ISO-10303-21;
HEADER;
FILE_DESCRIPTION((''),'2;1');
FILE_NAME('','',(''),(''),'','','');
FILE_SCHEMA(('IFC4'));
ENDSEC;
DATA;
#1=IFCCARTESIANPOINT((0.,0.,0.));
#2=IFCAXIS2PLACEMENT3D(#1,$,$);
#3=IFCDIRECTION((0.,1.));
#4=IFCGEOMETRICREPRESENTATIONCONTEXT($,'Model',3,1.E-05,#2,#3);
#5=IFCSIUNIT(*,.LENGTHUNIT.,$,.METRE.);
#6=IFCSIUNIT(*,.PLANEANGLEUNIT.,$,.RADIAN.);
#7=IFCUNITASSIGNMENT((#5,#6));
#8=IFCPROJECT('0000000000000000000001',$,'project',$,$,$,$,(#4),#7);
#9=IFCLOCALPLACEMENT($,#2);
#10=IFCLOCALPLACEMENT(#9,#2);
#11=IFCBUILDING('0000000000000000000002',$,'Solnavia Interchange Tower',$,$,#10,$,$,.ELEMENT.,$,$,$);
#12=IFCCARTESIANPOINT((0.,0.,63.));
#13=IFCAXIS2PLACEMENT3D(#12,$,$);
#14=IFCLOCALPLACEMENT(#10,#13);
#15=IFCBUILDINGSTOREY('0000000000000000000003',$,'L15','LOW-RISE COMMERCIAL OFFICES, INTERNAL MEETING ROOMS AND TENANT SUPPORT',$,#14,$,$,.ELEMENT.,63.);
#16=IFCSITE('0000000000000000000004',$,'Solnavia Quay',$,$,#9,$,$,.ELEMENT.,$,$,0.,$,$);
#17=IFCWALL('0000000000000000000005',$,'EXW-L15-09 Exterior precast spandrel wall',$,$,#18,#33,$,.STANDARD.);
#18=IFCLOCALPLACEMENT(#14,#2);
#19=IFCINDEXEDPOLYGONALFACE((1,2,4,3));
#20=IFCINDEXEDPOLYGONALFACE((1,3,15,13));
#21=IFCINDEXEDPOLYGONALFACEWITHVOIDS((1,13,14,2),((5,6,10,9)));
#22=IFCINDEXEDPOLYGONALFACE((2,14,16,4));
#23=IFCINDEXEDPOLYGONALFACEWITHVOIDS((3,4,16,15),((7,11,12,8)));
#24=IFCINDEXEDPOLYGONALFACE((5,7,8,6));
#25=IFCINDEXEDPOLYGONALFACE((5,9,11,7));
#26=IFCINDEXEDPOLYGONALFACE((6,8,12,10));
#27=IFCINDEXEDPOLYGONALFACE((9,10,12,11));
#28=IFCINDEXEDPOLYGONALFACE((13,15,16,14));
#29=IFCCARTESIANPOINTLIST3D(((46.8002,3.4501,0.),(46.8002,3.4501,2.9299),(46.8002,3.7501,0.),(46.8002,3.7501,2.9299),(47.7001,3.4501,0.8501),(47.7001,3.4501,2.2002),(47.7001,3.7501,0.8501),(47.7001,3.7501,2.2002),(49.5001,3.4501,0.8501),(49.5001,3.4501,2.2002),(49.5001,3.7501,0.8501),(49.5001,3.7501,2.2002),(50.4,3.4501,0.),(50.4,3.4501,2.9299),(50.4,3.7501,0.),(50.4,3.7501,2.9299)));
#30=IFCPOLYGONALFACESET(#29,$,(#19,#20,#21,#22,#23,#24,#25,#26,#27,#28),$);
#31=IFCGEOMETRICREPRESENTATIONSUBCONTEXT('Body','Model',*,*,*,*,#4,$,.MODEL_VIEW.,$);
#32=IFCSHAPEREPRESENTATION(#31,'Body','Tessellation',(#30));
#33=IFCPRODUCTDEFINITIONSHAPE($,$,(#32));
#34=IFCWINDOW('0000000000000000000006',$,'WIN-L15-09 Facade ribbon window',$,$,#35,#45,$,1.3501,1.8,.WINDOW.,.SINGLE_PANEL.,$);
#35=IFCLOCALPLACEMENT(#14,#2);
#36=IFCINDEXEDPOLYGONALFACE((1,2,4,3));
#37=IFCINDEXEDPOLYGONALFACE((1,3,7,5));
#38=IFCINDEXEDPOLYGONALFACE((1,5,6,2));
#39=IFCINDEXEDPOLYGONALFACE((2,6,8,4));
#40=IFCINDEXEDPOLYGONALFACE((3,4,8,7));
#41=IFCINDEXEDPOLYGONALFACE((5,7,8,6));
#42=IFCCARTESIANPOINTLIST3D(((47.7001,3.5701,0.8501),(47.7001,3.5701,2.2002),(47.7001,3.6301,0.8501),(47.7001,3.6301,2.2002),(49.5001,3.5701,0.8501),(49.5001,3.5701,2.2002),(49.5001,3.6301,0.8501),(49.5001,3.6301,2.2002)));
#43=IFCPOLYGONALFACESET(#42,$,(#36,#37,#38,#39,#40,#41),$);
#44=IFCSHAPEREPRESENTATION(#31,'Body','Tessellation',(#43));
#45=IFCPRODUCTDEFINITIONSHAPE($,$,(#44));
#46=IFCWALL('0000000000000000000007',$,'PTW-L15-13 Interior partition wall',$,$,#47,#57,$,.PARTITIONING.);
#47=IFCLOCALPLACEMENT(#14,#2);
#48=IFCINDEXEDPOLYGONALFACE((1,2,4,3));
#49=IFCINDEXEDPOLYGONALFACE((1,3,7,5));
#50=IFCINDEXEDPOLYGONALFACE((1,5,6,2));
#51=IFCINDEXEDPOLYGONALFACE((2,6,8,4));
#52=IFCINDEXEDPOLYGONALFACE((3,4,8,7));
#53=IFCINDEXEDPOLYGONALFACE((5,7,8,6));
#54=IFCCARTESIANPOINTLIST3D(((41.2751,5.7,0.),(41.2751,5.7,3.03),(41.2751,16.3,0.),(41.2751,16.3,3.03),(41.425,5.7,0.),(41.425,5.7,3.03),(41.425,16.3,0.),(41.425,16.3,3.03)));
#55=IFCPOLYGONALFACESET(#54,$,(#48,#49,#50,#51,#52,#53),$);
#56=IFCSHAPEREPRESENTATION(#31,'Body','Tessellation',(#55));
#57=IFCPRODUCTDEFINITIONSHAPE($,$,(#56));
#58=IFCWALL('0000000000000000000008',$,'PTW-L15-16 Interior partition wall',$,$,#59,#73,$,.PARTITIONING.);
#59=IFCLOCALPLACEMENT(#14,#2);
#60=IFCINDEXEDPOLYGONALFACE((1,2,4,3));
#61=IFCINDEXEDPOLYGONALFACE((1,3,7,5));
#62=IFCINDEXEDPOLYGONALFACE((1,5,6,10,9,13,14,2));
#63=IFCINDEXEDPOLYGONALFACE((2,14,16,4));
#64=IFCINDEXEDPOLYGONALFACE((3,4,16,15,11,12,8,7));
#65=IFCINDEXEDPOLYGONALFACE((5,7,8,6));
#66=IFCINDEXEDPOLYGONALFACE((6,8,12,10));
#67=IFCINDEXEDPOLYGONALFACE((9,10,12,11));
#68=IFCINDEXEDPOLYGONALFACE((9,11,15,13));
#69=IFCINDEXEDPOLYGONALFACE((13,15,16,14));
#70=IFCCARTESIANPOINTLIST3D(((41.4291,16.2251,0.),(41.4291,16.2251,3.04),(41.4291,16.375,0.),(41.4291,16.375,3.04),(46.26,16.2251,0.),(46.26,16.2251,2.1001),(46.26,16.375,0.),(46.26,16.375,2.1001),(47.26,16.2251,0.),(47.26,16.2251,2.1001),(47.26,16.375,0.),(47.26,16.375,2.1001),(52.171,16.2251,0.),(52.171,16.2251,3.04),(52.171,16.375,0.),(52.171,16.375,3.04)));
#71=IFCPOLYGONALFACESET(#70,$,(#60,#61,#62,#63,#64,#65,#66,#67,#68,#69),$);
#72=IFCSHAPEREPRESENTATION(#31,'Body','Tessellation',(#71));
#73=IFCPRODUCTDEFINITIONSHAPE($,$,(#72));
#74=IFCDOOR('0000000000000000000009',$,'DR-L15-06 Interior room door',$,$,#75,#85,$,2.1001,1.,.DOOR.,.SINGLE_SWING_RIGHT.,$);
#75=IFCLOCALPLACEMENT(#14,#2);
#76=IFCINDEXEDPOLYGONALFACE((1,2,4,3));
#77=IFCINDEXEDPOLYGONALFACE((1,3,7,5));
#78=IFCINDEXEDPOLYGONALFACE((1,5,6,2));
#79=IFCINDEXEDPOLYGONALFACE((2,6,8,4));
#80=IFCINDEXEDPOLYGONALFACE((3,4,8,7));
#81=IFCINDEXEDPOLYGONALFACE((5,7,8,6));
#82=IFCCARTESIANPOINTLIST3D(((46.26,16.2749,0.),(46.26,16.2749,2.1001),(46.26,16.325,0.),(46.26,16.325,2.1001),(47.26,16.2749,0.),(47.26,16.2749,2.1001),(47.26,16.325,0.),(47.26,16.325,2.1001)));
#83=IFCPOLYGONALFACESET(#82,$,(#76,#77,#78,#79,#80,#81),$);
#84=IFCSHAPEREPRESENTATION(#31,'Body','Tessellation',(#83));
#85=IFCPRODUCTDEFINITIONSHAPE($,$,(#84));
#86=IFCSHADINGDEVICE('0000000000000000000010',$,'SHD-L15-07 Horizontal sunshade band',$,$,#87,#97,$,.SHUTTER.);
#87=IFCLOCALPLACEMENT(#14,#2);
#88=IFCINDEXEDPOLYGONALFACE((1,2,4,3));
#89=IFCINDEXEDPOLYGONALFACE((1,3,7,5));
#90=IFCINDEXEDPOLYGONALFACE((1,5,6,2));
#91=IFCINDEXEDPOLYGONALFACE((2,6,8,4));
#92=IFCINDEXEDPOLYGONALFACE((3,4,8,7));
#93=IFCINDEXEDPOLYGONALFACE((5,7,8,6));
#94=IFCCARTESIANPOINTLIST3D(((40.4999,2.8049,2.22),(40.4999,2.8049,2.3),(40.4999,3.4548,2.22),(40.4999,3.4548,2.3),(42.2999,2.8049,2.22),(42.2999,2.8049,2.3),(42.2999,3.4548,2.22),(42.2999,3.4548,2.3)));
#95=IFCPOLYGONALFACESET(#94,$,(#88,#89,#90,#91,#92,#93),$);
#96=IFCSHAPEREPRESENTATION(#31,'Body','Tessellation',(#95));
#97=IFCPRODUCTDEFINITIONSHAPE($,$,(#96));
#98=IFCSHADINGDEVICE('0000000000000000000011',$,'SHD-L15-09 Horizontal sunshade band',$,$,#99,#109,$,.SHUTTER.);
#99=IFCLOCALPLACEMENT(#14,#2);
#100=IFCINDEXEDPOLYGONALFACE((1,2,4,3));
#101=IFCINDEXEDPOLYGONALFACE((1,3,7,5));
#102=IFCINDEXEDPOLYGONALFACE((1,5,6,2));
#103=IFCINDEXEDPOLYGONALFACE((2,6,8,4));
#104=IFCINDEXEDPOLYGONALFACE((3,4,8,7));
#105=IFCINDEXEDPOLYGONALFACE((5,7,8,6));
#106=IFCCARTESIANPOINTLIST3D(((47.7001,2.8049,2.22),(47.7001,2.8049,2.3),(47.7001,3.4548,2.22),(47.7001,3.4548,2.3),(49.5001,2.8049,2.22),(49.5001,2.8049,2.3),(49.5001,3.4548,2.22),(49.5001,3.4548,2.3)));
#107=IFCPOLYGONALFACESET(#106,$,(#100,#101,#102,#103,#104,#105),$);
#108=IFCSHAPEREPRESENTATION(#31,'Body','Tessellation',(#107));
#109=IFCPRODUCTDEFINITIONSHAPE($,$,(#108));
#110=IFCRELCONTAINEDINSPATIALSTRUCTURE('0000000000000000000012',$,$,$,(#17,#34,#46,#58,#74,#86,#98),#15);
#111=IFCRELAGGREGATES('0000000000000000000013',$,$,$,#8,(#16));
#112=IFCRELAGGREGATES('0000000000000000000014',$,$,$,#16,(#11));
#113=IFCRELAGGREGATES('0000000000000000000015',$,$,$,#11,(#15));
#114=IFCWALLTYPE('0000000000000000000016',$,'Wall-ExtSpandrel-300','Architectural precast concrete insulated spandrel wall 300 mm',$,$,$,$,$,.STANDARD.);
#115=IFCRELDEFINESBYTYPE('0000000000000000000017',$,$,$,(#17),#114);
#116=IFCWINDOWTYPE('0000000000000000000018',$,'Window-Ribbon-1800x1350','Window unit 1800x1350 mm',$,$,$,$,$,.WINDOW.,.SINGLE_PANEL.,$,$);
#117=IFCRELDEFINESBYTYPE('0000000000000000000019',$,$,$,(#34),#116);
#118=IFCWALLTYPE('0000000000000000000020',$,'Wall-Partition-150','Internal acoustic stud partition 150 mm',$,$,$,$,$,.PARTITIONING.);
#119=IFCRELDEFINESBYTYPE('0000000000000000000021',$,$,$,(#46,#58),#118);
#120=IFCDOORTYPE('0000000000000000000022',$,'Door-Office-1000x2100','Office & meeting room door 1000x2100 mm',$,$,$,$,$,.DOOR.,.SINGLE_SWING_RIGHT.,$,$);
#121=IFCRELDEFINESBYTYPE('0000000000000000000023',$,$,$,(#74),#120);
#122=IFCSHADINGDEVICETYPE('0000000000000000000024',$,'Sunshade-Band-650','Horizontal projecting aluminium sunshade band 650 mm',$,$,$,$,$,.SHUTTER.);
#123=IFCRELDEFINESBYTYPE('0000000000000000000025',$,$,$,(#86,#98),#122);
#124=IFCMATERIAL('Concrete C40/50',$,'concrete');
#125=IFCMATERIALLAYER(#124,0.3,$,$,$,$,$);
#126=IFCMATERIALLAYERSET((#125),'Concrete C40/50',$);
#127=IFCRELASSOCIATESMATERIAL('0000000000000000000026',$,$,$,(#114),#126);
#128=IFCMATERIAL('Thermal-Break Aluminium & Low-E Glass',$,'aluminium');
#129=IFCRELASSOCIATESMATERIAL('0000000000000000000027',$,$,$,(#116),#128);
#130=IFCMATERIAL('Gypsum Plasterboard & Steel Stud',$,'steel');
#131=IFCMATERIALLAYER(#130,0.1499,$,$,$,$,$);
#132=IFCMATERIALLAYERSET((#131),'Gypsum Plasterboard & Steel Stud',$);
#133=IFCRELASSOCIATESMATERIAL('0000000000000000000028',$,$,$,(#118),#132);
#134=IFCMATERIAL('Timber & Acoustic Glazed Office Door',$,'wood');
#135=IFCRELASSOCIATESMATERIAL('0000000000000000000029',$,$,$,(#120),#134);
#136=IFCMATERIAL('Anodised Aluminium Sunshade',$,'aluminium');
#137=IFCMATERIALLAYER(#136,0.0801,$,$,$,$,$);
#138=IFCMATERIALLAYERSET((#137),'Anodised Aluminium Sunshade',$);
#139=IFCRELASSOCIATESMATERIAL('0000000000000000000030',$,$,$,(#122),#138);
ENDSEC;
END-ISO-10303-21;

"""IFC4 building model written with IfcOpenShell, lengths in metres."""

from ifc_helpers import new_model, si_unit, direction, frame, frame_2d, origin, origin_2d, place, context, subcontext, project, spatial, rectangle, extrude, material, layer, layer_set, type_object, element, fill, save


model = new_model("IFC4")

# Units and contexts
model_context = context("Model", 3, precision=1e-05, world=origin(), true_north=direction((0.0, 1.0)))
body_context = subcontext(model_context, "Body", "Model", "MODEL_VIEW")
ifc_project = project(units=[si_unit("LENGTHUNIT", "METRE"), si_unit("PLANEANGLEUNIT", "RADIAN")], contexts=[model_context])

# Site, building, storey
site_placement = place(None, origin())
site = spatial("IfcSite", under=ifc_project, at=site_placement, Name="Solnavia Quay", CompositionType="ELEMENT", RefElevation=0.0)
building_placement = place(site_placement, origin())
building = spatial("IfcBuilding", under=site, at=building_placement, Name="Solnavia Interchange Tower", CompositionType="ELEMENT")
storey_placement = place(building_placement, frame((0.0, 0.0, 63.0)))
storey = spatial("IfcBuildingStorey", under=building, at=storey_placement, Name="L15", Description="LOW-RISE COMMERCIAL OFFICES, INTERNAL MEETING ROOMS AND TENANT SUPPORT", CompositionType="ELEMENT", Elevation=63.0)

# Wall, opening, window
ifc_material_1 = material(Name="Concrete C40/50", Category="concrete")
ifc_layer_1 = layer(ifc_material_1, 0.3)
ifc_layer_set_1 = layer_set([ifc_layer_1], Name="Concrete C40/50")
wall_type_1 = type_object("IfcWallType", Name="Wall-ExtSpandrel-300", Description="Architectural precast concrete insulated spandrel wall 300 mm", PredefinedType="STANDARD", material=ifc_layer_set_1)
ifc_material_2 = material(Name="Thermal-Break Aluminium & Low-E Glass", Category="aluminium")
window_type = type_object("IfcWindowType", Name="Window-Ribbon-1800x1350", Description="Window unit 1800x1350 mm", PartitioningType="SINGLE_PANEL", PredefinedType="WINDOW", material=ifc_material_2)
wall_1_placement = place(storey_placement, frame((50.3999, 3.6001, 0.0), z_axis=(0.0, 0.0, 1.0), x_axis=(-1.0, 0.0, 0.0)))
wall_1 = element("IfcWall", 1, at=wall_1_placement, inside=storey, type_object=wall_type_1, Name="EXW-L15-09 Exterior precast spandrel wall", PredefinedType="STANDARD", context=body_context, shape_type="SweptSolid", body=[
    extrude(rectangle(XDim=3.5999, YDim=0.3, at=frame_2d((1.7998, 0.0))), origin(), (0.0, 0.0, 1.0), 2.9299),
])
opening_1_placement = place(wall_1_placement, frame((0.8999, 0.0, 0.8501)))
opening_1 = element("IfcOpeningElement", 2, at=opening_1_placement, cuts=wall_1, PredefinedType="OPENING", context=body_context, shape_type="SweptSolid", body=[
    extrude(rectangle(XDim=1.8, YDim=1.3501, at=frame_2d((0.8999, 0.675))), frame((0.0, 0.1602, 0.0), z_axis=(0.0, -1.0, 0.0), x_axis=(1.0, 0.0, 0.0)), (0.0, 0.0, 1.0), 0.3201),
])
window_1_placement = place(opening_1_placement, origin())
window_1 = element("IfcWindow", 3, at=window_1_placement, inside=storey, type_object=window_type, Name="WIN-L15-09 Facade ribbon window", OverallHeight=1.3501, OverallWidth=1.8, PartitioningType="SINGLE_PANEL", PredefinedType="WINDOW", context=body_context, shape_type="SweptSolid", body=[
    extrude(rectangle(XDim=1.8, YDim=1.3501, at=frame_2d((0.8999, 0.675))), frame((0.0, 0.03, 0.0), z_axis=(0.0, -1.0, 0.0), x_axis=(1.0, 0.0, 0.0)), (0.0, 0.0, 1.0), 0.0601),
])
fill(opening_1, window_1)

# Wall
ifc_material_3 = material(Name="Gypsum Plasterboard & Steel Stud", Category="steel")
ifc_layer_2 = layer(ifc_material_3, 0.1499)
ifc_layer_set_2 = layer_set([ifc_layer_2], Name="Gypsum Plasterboard & Steel Stud")
wall_type_2 = type_object("IfcWallType", Name="Wall-Partition-150", Description="Internal acoustic stud partition 150 mm", PredefinedType="PARTITIONING", material=ifc_layer_set_2)
wall_2_placement = place(storey_placement, frame((41.3501, 5.7, 0.0), z_axis=(0.0, 0.0, 1.0), x_axis=(0.0, 1.0, 0.0)))
element("IfcWall", 4, at=wall_2_placement, inside=storey, type_object=wall_type_2, Name="PTW-L15-13 Interior partition wall", PredefinedType="PARTITIONING", context=body_context, shape_type="SweptSolid", body=[
    extrude(rectangle(XDim=10.6001, YDim=0.1499, at=frame_2d((5.3, 0.0))), origin(), (0.0, 0.0, 1.0), 3.03),
])

# Wall, opening, door
wall_3_placement = place(storey_placement, frame((41.429, 16.3, 0.0), z_axis=(0.0, 0.0, 1.0), x_axis=(1.0, 0.0, 0.0)))
wall_3 = element("IfcWall", 5, at=wall_3_placement, inside=storey, type_object=wall_type_2, Name="PTW-L15-16 Interior partition wall", PredefinedType="PARTITIONING", context=body_context, shape_type="SweptSolid", body=[
    extrude(rectangle(XDim=10.7419, YDim=0.1499, at=frame_2d((5.3711, 0.0))), origin(), (0.0, 0.0, 1.0), 3.04),
])
opening_2_placement = place(wall_3_placement, frame((4.8311, 0.0, 0.0)))
opening_2 = element("IfcOpeningElement", 6, at=opening_2_placement, cuts=wall_3, PredefinedType="OPENING", context=body_context, shape_type="SweptSolid", body=[
    extrude(rectangle(XDim=1.0, YDim=2.1001, at=frame_2d((0.5, 1.05))), frame((0.0, 0.085, 0.0), z_axis=(0.0, -1.0, 0.0), x_axis=(1.0, 0.0, 0.0)), (0.0, 0.0, 1.0), 0.1699),
])
ifc_material_4 = material(Name="Timber & Acoustic Glazed Office Door", Category="wood")
door_type = type_object("IfcDoorType", Name="Door-Office-1000x2100", Description="Office & meeting room door 1000x2100 mm", OperationType="SINGLE_SWING_RIGHT", PredefinedType="DOOR", material=ifc_material_4)
door_placement = place(opening_2_placement, origin())
door = element("IfcDoor", 7, at=door_placement, inside=storey, type_object=door_type, Name="DR-L15-06 Interior room door", OperationType="SINGLE_SWING_RIGHT", OverallHeight=2.1001, OverallWidth=1.0, PredefinedType="DOOR", context=body_context, shape_type="SweptSolid", body=[
    extrude(rectangle(XDim=1.0, YDim=2.1001, at=frame_2d((0.5, 1.05))), frame((0.0, 0.0249, 0.0), z_axis=(0.0, -1.0, 0.0), x_axis=(1.0, 0.0, 0.0)), (0.0, 0.0, 1.0), 0.05),
])
fill(opening_2, door)

# Shading devices
ifc_material_5 = material(Name="Anodised Aluminium Sunshade", Category="aluminium")
ifc_layer_3 = layer(ifc_material_5, 0.0801)
ifc_layer_set_3 = layer_set([ifc_layer_3], Name="Anodised Aluminium Sunshade")
shading_device_type = type_object("IfcShadingDeviceType", Name="Sunshade-Band-650", Description="Horizontal projecting aluminium sunshade band 650 mm", PredefinedType="SHUTTER", material=ifc_layer_set_3)
for number, where, z_axis, x_axis, name in (
    (8, (41.3999, 3.1299, 2.22), (0.0, 0.0, 1.0), (-1.0, 0.0, 0.0), "SHD-L15-07 Horizontal sunshade band"),
    (9, (48.6001, 3.1299, 2.22), (0.0, 0.0, 1.0), (-1.0, 0.0, 0.0), "SHD-L15-09 Horizontal sunshade band"),
):
    element("IfcShadingDevice", number, at=place(storey_placement, frame(where, z_axis=z_axis, x_axis=x_axis)), inside=storey, type_object=shading_device_type, Name=name, PredefinedType="SHUTTER", context=body_context, shape_type="SweptSolid", body=[
        extrude(rectangle(XDim=1.8, YDim=0.6499, at=origin_2d()), origin(), (0.0, 0.0, 1.0), 0.0801),
    ])

save(model, "model.ifc")
